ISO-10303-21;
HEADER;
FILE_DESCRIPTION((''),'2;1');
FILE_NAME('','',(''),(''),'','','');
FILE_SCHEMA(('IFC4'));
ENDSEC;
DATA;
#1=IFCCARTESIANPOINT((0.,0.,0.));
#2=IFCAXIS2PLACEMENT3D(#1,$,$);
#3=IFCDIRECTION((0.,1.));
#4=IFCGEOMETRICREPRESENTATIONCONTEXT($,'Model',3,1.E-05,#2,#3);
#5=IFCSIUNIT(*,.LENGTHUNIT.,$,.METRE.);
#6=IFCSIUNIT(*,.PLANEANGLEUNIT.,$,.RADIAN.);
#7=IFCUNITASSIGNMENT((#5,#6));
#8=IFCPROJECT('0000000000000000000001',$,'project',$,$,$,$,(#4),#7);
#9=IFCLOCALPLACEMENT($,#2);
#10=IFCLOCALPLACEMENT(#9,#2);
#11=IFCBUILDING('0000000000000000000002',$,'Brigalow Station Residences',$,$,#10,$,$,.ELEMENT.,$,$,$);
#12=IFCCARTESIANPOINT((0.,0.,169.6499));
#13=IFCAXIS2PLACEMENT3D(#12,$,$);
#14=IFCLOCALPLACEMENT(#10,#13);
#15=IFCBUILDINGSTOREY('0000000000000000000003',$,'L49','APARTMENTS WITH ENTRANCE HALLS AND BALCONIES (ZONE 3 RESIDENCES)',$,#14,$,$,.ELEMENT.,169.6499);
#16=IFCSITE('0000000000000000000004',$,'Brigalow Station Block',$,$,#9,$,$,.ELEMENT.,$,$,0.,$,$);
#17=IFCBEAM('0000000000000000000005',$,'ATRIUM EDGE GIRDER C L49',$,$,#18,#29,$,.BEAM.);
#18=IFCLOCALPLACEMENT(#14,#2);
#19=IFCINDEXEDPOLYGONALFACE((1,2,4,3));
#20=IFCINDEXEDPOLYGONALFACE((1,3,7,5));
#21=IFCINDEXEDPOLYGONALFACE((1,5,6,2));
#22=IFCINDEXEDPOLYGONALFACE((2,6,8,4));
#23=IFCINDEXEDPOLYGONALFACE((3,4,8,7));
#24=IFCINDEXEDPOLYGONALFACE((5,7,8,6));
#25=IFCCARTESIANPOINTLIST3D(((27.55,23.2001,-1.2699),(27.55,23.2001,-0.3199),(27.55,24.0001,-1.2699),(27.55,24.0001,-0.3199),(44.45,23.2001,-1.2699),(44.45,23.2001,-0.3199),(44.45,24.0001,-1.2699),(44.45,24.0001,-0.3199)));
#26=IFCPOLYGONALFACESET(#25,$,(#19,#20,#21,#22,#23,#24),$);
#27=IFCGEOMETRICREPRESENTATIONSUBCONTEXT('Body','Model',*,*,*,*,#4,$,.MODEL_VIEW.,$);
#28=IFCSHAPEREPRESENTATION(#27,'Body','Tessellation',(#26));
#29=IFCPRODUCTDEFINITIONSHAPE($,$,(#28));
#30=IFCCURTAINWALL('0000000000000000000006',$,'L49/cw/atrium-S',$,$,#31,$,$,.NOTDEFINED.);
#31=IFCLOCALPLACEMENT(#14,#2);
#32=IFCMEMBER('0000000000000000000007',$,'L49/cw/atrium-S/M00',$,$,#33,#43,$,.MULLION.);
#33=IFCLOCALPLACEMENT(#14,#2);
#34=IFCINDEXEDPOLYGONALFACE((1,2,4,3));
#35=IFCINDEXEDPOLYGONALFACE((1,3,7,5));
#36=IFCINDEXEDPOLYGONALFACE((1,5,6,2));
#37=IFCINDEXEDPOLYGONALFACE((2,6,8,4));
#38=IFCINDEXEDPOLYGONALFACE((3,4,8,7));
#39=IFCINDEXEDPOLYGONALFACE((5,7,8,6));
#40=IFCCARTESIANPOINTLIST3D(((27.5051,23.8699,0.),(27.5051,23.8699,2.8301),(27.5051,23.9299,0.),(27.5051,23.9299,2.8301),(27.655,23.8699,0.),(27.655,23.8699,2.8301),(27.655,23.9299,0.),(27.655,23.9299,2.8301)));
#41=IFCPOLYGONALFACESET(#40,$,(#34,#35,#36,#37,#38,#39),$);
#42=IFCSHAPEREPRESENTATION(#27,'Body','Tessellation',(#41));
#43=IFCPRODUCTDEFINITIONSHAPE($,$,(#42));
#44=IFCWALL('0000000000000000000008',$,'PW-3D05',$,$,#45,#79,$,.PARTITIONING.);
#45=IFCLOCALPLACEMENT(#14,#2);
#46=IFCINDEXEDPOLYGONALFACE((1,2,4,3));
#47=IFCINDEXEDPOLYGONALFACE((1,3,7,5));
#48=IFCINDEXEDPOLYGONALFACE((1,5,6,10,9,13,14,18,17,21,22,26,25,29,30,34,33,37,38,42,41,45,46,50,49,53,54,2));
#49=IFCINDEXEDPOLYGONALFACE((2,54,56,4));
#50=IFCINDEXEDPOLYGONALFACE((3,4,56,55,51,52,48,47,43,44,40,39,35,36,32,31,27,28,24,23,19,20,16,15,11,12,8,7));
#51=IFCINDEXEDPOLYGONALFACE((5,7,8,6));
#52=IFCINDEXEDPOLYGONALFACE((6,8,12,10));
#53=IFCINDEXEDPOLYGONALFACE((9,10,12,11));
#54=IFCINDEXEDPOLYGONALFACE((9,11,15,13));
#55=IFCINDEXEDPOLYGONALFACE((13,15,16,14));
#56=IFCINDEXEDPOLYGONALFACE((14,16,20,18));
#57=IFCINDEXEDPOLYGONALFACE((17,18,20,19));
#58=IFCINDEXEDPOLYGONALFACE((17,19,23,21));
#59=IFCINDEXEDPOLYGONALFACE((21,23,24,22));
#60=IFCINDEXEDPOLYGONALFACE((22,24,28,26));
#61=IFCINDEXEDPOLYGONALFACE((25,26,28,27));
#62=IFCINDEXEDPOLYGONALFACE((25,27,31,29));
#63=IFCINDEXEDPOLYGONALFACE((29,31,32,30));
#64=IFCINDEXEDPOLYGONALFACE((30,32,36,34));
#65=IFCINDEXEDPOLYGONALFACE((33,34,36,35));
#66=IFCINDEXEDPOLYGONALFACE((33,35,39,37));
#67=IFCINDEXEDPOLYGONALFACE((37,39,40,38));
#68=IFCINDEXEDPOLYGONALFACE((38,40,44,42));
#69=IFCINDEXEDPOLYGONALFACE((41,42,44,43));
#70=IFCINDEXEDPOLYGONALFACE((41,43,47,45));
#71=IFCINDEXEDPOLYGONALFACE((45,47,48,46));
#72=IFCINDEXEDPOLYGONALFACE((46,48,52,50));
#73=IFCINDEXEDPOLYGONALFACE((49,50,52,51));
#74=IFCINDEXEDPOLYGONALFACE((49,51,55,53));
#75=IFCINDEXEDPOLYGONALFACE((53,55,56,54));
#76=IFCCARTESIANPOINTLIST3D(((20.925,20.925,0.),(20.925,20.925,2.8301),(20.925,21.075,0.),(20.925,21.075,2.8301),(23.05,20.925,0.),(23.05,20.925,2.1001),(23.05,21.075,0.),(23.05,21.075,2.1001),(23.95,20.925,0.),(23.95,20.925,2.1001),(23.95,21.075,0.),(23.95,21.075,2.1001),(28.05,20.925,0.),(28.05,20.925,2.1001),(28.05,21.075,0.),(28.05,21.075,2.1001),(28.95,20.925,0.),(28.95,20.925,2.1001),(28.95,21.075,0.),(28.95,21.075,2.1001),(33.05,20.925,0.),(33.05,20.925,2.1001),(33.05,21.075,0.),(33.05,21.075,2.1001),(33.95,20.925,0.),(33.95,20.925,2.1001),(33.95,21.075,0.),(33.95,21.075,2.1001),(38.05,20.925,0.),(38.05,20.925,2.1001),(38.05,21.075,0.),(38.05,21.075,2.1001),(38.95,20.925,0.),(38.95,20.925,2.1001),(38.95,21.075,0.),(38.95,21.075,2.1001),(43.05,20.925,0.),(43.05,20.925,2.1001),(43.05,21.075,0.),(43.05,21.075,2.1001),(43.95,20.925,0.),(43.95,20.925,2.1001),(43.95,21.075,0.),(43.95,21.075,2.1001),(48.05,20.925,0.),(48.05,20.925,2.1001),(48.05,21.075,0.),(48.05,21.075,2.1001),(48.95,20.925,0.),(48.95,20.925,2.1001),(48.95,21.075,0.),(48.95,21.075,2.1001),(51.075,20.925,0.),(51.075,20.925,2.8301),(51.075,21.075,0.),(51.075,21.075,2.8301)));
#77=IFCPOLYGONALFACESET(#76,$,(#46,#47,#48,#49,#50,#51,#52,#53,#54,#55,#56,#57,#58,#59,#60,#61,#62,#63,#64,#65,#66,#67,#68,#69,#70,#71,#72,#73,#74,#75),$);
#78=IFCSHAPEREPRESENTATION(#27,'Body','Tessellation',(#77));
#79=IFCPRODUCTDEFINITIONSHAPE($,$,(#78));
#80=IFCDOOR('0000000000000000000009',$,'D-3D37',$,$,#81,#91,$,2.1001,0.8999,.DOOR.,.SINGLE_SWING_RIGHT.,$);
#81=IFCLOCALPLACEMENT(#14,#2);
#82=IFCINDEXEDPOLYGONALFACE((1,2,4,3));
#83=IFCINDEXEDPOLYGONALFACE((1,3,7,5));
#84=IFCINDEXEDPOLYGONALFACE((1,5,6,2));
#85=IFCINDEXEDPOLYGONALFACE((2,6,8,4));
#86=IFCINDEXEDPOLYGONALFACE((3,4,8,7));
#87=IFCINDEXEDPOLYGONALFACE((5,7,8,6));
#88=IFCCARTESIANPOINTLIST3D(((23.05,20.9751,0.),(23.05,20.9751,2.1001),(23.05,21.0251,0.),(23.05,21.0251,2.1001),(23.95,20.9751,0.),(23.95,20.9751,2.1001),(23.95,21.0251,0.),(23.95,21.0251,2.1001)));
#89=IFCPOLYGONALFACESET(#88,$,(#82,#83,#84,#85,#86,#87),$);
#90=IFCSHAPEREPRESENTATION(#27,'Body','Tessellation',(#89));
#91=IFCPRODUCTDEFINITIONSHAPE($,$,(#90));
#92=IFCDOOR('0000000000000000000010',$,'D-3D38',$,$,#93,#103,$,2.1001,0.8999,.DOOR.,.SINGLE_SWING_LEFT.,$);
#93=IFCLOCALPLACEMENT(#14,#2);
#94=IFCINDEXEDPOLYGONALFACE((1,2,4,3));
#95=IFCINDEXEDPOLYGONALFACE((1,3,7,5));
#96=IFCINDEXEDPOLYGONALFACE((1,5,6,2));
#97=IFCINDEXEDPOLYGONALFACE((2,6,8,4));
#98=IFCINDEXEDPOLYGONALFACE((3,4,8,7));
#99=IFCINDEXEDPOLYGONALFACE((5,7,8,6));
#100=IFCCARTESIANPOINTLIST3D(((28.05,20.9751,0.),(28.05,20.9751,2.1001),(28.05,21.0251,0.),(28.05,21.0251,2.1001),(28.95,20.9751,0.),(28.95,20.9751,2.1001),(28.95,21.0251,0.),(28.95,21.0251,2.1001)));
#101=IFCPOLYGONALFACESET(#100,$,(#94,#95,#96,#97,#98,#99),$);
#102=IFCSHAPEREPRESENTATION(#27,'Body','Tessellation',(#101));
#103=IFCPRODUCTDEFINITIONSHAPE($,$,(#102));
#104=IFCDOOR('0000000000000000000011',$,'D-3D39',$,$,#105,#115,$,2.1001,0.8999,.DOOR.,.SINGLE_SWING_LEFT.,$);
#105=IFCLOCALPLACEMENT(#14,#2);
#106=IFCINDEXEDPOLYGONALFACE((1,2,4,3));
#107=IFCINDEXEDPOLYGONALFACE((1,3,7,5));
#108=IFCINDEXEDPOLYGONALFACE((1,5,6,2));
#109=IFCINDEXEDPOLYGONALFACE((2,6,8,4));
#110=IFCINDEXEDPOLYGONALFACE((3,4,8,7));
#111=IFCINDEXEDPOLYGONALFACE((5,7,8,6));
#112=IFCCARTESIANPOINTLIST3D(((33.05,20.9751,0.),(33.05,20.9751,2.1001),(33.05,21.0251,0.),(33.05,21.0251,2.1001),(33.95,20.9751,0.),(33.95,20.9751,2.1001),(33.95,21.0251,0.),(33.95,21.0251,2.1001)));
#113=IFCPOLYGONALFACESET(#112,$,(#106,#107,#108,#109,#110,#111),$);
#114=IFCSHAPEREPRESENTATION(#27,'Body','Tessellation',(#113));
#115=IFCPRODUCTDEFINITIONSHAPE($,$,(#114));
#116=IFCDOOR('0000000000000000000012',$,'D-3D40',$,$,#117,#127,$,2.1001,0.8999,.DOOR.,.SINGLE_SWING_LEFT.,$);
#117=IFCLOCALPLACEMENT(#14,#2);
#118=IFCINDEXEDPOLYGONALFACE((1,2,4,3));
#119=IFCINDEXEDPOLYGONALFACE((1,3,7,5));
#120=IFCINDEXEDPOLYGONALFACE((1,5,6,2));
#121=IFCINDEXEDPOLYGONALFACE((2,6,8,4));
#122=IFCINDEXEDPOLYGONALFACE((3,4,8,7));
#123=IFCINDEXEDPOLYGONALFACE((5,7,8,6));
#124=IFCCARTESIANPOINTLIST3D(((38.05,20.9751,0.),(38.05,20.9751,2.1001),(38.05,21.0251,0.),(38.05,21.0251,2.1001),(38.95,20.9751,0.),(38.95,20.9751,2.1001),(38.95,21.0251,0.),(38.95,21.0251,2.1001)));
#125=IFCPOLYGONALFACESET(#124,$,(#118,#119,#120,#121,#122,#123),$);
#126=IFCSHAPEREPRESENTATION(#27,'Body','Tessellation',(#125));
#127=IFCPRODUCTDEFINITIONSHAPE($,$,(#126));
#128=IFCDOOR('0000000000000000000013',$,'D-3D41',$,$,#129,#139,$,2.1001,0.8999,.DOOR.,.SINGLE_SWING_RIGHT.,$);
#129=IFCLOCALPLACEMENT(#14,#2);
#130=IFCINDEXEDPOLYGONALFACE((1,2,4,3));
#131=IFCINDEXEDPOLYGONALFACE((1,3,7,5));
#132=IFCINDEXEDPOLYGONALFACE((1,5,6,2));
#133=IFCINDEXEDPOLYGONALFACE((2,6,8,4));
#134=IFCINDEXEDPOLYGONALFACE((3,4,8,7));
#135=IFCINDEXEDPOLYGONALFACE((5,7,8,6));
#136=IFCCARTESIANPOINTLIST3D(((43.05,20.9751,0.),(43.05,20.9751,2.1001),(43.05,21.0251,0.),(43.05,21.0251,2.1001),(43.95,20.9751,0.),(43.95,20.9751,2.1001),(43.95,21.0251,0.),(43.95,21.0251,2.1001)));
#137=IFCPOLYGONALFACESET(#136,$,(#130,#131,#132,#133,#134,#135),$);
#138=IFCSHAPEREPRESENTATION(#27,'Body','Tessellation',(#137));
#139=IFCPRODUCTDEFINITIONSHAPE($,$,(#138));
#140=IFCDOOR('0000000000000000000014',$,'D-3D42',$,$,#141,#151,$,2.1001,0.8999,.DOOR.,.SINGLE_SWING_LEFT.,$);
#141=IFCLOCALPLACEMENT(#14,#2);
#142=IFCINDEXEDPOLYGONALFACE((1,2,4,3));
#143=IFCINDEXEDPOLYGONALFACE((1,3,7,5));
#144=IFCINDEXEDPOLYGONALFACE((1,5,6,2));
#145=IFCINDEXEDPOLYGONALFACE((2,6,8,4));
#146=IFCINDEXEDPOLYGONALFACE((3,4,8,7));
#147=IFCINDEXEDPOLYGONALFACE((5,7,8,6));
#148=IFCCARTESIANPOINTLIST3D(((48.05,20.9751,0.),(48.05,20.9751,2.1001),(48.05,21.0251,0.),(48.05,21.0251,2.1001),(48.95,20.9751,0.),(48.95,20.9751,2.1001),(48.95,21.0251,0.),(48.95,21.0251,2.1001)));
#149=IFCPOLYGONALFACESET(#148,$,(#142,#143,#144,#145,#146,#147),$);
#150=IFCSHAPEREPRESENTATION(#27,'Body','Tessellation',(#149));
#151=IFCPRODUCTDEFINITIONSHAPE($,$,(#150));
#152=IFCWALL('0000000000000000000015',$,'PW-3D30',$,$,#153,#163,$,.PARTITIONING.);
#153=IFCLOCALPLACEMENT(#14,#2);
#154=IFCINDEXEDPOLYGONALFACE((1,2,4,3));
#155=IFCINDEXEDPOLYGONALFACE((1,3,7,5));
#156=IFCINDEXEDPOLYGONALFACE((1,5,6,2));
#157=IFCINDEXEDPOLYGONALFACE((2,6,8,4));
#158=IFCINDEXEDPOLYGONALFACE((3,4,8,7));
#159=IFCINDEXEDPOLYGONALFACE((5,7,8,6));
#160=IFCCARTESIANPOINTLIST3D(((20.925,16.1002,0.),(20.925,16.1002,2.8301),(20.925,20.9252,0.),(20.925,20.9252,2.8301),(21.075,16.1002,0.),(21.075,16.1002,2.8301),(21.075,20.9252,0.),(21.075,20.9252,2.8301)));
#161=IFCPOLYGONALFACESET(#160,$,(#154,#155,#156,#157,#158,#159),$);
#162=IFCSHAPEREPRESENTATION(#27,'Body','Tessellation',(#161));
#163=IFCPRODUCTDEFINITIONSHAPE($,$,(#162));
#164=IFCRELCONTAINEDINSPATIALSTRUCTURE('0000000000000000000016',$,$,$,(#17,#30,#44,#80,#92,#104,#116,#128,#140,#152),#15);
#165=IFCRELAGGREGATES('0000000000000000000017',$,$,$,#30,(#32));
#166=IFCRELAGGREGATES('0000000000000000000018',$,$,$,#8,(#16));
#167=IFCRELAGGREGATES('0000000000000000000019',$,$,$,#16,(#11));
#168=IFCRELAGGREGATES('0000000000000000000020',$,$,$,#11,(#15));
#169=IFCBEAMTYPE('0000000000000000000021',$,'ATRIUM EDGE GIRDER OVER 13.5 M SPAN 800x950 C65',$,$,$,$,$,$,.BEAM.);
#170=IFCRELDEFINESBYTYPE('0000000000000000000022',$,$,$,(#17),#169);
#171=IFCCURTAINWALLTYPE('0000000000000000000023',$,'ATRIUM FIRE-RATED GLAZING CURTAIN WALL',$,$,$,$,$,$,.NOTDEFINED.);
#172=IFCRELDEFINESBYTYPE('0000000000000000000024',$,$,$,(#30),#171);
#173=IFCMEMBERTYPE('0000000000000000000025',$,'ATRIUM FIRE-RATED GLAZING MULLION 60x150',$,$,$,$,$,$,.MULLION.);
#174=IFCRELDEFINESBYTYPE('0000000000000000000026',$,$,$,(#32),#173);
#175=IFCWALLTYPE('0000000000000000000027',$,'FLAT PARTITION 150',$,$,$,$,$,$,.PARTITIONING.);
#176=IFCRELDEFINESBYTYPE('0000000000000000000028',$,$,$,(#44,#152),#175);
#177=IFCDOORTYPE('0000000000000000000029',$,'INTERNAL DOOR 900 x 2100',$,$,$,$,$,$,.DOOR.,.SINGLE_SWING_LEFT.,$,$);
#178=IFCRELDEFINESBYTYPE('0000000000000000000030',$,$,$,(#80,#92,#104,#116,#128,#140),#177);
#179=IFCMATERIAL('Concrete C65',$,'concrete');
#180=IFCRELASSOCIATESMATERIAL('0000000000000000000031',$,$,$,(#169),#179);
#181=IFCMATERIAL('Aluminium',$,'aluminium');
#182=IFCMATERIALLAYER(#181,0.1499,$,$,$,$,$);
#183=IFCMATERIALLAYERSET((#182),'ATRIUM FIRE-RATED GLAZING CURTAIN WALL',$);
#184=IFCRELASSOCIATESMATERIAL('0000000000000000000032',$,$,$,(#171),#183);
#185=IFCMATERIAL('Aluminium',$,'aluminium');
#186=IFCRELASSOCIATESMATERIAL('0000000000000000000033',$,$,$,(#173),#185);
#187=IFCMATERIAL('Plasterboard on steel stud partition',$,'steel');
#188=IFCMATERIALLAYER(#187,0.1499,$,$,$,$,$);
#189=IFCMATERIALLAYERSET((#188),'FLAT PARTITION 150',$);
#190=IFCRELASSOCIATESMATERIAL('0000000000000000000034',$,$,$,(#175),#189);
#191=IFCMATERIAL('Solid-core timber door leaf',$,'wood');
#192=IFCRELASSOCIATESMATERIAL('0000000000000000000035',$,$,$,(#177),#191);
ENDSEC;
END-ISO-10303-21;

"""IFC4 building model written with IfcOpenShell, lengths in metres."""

from ifc_helpers import new_model, si_unit, direction, frame, frame_2d, origin, origin_2d, place, context, subcontext, project, spatial, rectangle, extrude, material, layer, layer_set, material_profile, profile_set, type_object, element, fill, aggregate, save


model = new_model("IFC4")

# Units and contexts
model_context = context("Model", 3, precision=1e-05, world=origin(), true_north=direction((0.0, 1.0)))
body_context = subcontext(model_context, "Body", "Model", "MODEL_VIEW")
ifc_project = project(units=[si_unit("LENGTHUNIT", "METRE"), si_unit("PLANEANGLEUNIT", "RADIAN")], contexts=[model_context])

# Site, building, storey
site_placement = place(None, origin())
site = spatial("IfcSite", under=ifc_project, at=site_placement, Name="Brigalow Station Block", CompositionType="ELEMENT", RefElevation=0.0)
building_placement = place(site_placement, origin())
building = spatial("IfcBuilding", under=site, at=building_placement, Name="Brigalow Station Residences", CompositionType="ELEMENT")
storey_placement = place(building_placement, frame((0.0, 0.0, 169.6499)))
storey = spatial("IfcBuildingStorey", under=building, at=storey_placement, Name="L49", Description="APARTMENTS WITH ENTRANCE HALLS AND BALCONIES (ZONE 3 RESIDENCES)", CompositionType="ELEMENT", Elevation=169.6499)

# Beam
ifc_material_1 = material(Name="Concrete C65", Category="concrete")
ifc_material_profile_1 = material_profile(ifc_material_1, rectangle(XDim=0.8, YDim=0.95, at=origin_2d()), Name="RC800x950")
ifc_profile_set_1 = profile_set([ifc_material_profile_1], Name="Concrete C65")
beam_type = type_object("IfcBeamType", Name="ATRIUM EDGE GIRDER OVER 13.5 M SPAN 800x950 C65", PredefinedType="BEAM", material=ifc_profile_set_1)
beam_placement = place(storey_placement, frame((27.55, 23.6001, -0.7949), z_axis=(1.0, 0.0, 0.0), x_axis=(0.0, 1.0, 0.0)))
element("IfcBeam", 1, at=beam_placement, inside=storey, type_object=beam_type, Name="ATRIUM EDGE GIRDER C L49", PredefinedType="BEAM", context=body_context, shape_type="SweptSolid", body=[
    extrude(rectangle(XDim=0.8, YDim=0.95, at=origin_2d()), origin(), (0.0, 0.0, 1.0), 16.8999),
])

# Curtain wall, member
ifc_material_2 = material(Name="Aluminium", Category="aluminium")
ifc_layer_1 = layer(ifc_material_2, 0.1499)
ifc_layer_set_1 = layer_set([ifc_layer_1], Name="ATRIUM FIRE-RATED GLAZING CURTAIN WALL")
curtain_wall_type = type_object("IfcCurtainWallType", Name="ATRIUM FIRE-RATED GLAZING CURTAIN WALL", PredefinedType="NOTDEFINED", material=ifc_layer_set_1)
curtain_wall_placement = place(storey_placement, origin())
curtain_wall = element("IfcCurtainWall", 2, at=curtain_wall_placement, inside=storey, type_object=curtain_wall_type, Name="L49/cw/atrium-S", PredefinedType="NOTDEFINED")
ifc_material_3 = material(Name="Aluminium", Category="aluminium")
ifc_material_profile_2 = material_profile(ifc_material_3, rectangle(XDim=0.0601, YDim=0.1499, at=origin_2d()), Name="ATRIUM FIRE-RATED GLAZING MULLION 60x150")
ifc_profile_set_2 = profile_set([ifc_material_profile_2], Name="Aluminium")
member_type = type_object("IfcMemberType", Name="ATRIUM FIRE-RATED GLAZING MULLION 60x150", PredefinedType="MULLION", material=ifc_profile_set_2)
member_placement = place(storey_placement, frame((27.5801, 23.8999, 0.0), z_axis=(0.0, 0.0, 1.0), x_axis=(0.0, 1.0, 0.0)))
member = element("IfcMember", 3, at=member_placement, type_object=member_type, Name="L49/cw/atrium-S/M00", PredefinedType="MULLION", context=body_context, shape_type="SweptSolid", body=[
    extrude(rectangle(XDim=0.0601, YDim=0.1499, at=origin_2d()), origin(), (0.0, 0.0, 1.0), 2.8301),
])
aggregate(curtain_wall, [member])

# Wall, openings, doors
ifc_material_4 = material(Name="Plasterboard on steel stud partition", Category="steel")
ifc_layer_2 = layer(ifc_material_4, 0.1499)
ifc_layer_set_2 = layer_set([ifc_layer_2], Name="FLAT PARTITION 150")
wall_type = type_object("IfcWallType", Name="FLAT PARTITION 150", PredefinedType="PARTITIONING", material=ifc_layer_set_2)
wall_placement = place(storey_placement, frame((20.925, 21.0, 0.0), z_axis=(0.0, 0.0, 1.0), x_axis=(1.0, 0.0, 0.0)))
wall = element("IfcWall", 4, at=wall_placement, inside=storey, type_object=wall_type, Name="PW-3D05", PredefinedType="PARTITIONING", context=body_context, shape_type="SweptSolid", body=[
    extrude(rectangle(XDim=30.1499, YDim=0.1499, at=frame_2d((15.075, 0.0))), origin(), (0.0, 0.0, 1.0), 2.8301),
])
opening_1_placement = place(wall_placement, frame((2.125, 0.0, 0.0)))
opening_1 = element("IfcOpeningElement", 5, at=opening_1_placement, cuts=wall, PredefinedType="OPENING", context=body_context, shape_type="SweptSolid", body=[
    extrude(rectangle(XDim=0.8999, YDim=2.1001, at=frame_2d((0.45, 1.05))), frame((0.0, 0.085, 0.0), z_axis=(0.0, -1.0, 0.0), x_axis=(1.0, 0.0, 0.0)), (0.0, 0.0, 1.0), 0.1699),
])
opening_2_placement = place(wall_placement, frame((7.125, 0.0, 0.0)))
opening_2 = element("IfcOpeningElement", 6, at=opening_2_placement, cuts=wall, PredefinedType="OPENING", context=body_context, shape_type="SweptSolid", body=[
    extrude(rectangle(XDim=0.8999, YDim=2.1001, at=frame_2d((0.45, 1.05))), frame((0.0, 0.085, 0.0), z_axis=(0.0, -1.0, 0.0), x_axis=(1.0, 0.0, 0.0)), (0.0, 0.0, 1.0), 0.1699),
])
opening_3_placement = place(wall_placement, frame((12.125, 0.0, 0.0)))
opening_3 = element("IfcOpeningElement", 7, at=opening_3_placement, cuts=wall, PredefinedType="OPENING", context=body_context, shape_type="SweptSolid", body=[
    extrude(rectangle(XDim=0.8999, YDim=2.1001, at=frame_2d((0.45, 1.05))), frame((0.0, 0.085, 0.0), z_axis=(0.0, -1.0, 0.0), x_axis=(1.0, 0.0, 0.0)), (0.0, 0.0, 1.0), 0.1699),
])
opening_4_placement = place(wall_placement, frame((17.125, 0.0, 0.0)))
opening_4 = element("IfcOpeningElement", 8, at=opening_4_placement, cuts=wall, PredefinedType="OPENING", context=body_context, shape_type="SweptSolid", body=[
    extrude(rectangle(XDim=0.8999, YDim=2.1001, at=frame_2d((0.45, 1.05))), frame((0.0, 0.085, 0.0), z_axis=(0.0, -1.0, 0.0), x_axis=(1.0, 0.0, 0.0)), (0.0, 0.0, 1.0), 0.1699),
])
opening_5_placement = place(wall_placement, frame((22.125, 0.0, 0.0)))
opening_5 = element("IfcOpeningElement", 9, at=opening_5_placement, cuts=wall, PredefinedType="OPENING", context=body_context, shape_type="SweptSolid", body=[
    extrude(rectangle(XDim=0.8999, YDim=2.1001, at=frame_2d((0.45, 1.05))), frame((0.0, 0.085, 0.0), z_axis=(0.0, -1.0, 0.0), x_axis=(1.0, 0.0, 0.0)), (0.0, 0.0, 1.0), 0.1699),
])
opening_6_placement = place(wall_placement, frame((27.125, 0.0, 0.0)))
opening_6 = element("IfcOpeningElement", 10, at=opening_6_placement, cuts=wall, PredefinedType="OPENING", context=body_context, shape_type="SweptSolid", body=[
    extrude(rectangle(XDim=0.8999, YDim=2.1001, at=frame_2d((0.45, 1.05))), frame((0.0, 0.085, 0.0), z_axis=(0.0, -1.0, 0.0), x_axis=(1.0, 0.0, 0.0)), (0.0, 0.0, 1.0), 0.1699),
])
ifc_material_5 = material(Name="Solid-core timber door leaf", Category="wood")
door_type = type_object("IfcDoorType", Name="INTERNAL DOOR 900 x 2100", OperationType="SINGLE_SWING_LEFT", PredefinedType="DOOR", material=ifc_material_5)
door_1_placement = place(opening_1_placement, frame((0.8999, 0.0, 0.0), z_axis=(0.0, 0.0, 1.0), x_axis=(-1.0, 0.0, 0.0)))
door_1 = element("IfcDoor", 11, at=door_1_placement, inside=storey, type_object=door_type, Name="D-3D37", OperationType="SINGLE_SWING_RIGHT", OverallHeight=2.1001, OverallWidth=0.8999, PredefinedType="DOOR", context=body_context, shape_type="SweptSolid", body=[
    extrude(rectangle(XDim=0.8999, YDim=2.1001, at=frame_2d((0.45, 1.05))), frame((0.0, 0.0249, 0.0), z_axis=(0.0, -1.0, 0.0), x_axis=(1.0, 0.0, 0.0)), (0.0, 0.0, 1.0), 0.05),
])
fill(opening_1, door_1)
door_2_placement = place(opening_2_placement, frame((0.8999, 0.0, 0.0), z_axis=(0.0, 0.0, 1.0), x_axis=(-1.0, 0.0, 0.0)))
door_2 = element("IfcDoor", 12, at=door_2_placement, inside=storey, type_object=door_type, Name="D-3D38", OperationType="SINGLE_SWING_LEFT", OverallHeight=2.1001, OverallWidth=0.8999, PredefinedType="DOOR", context=body_context, shape_type="SweptSolid", body=[
    extrude(rectangle(XDim=0.8999, YDim=2.1001, at=frame_2d((0.45, 1.05))), frame((0.0, 0.0249, 0.0), z_axis=(0.0, -1.0, 0.0), x_axis=(1.0, 0.0, 0.0)), (0.0, 0.0, 1.0), 0.05),
])
fill(opening_2, door_2)
door_3_placement = place(opening_3_placement, frame((0.8999, 0.0, 0.0), z_axis=(0.0, 0.0, 1.0), x_axis=(-1.0, 0.0, 0.0)))
door_3 = element("IfcDoor", 13, at=door_3_placement, inside=storey, type_object=door_type, Name="D-3D39", OperationType="SINGLE_SWING_LEFT", OverallHeight=2.1001, OverallWidth=0.8999, PredefinedType="DOOR", context=body_context, shape_type="SweptSolid", body=[
    extrude(rectangle(XDim=0.8999, YDim=2.1001, at=frame_2d((0.45, 1.05))), frame((0.0, 0.0249, 0.0), z_axis=(0.0, -1.0, 0.0), x_axis=(1.0, 0.0, 0.0)), (0.0, 0.0, 1.0), 0.05),
])
fill(opening_3, door_3)
door_4_placement = place(opening_4_placement, frame((0.8999, 0.0, 0.0), z_axis=(0.0, 0.0, 1.0), x_axis=(-1.0, 0.0, 0.0)))
door_4 = element("IfcDoor", 14, at=door_4_placement, inside=storey, type_object=door_type, Name="D-3D40", OperationType="SINGLE_SWING_LEFT", OverallHeight=2.1001, OverallWidth=0.8999, PredefinedType="DOOR", context=body_context, shape_type="SweptSolid", body=[
    extrude(rectangle(XDim=0.8999, YDim=2.1001, at=frame_2d((0.45, 1.05))), frame((0.0, 0.0249, 0.0), z_axis=(0.0, -1.0, 0.0), x_axis=(1.0, 0.0, 0.0)), (0.0, 0.0, 1.0), 0.05),
])
fill(opening_4, door_4)
door_5_placement = place(opening_5_placement, frame((0.8999, 0.0, 0.0), z_axis=(0.0, 0.0, 1.0), x_axis=(-1.0, 0.0, 0.0)))
door_5 = element("IfcDoor", 15, at=door_5_placement, inside=storey, type_object=door_type, Name="D-3D41", OperationType="SINGLE_SWING_RIGHT", OverallHeight=2.1001, OverallWidth=0.8999, PredefinedType="DOOR", context=body_context, shape_type="SweptSolid", body=[
    extrude(rectangle(XDim=0.8999, YDim=2.1001, at=frame_2d((0.45, 1.05))), frame((0.0, 0.0249, 0.0), z_axis=(0.0, -1.0, 0.0), x_axis=(1.0, 0.0, 0.0)), (0.0, 0.0, 1.0), 0.05),
])
fill(opening_5, door_5)
door_6_placement = place(opening_6_placement, frame((0.8999, 0.0, 0.0), z_axis=(0.0, 0.0, 1.0), x_axis=(-1.0, 0.0, 0.0)))
door_6 = element("IfcDoor", 16, at=door_6_placement, inside=storey, type_object=door_type, Name="D-3D42", OperationType="SINGLE_SWING_LEFT", OverallHeight=2.1001, OverallWidth=0.8999, PredefinedType="DOOR", context=body_context, shape_type="SweptSolid", body=[
    extrude(rectangle(XDim=0.8999, YDim=2.1001, at=frame_2d((0.45, 1.05))), frame((0.0, 0.0249, 0.0), z_axis=(0.0, -1.0, 0.0), x_axis=(1.0, 0.0, 0.0)), (0.0, 0.0, 1.0), 0.05),
])
fill(opening_6, door_6)

# Wall
for number, where, z_axis, x_axis, name in (
    (17, (21.0, 16.1001, 0.0), (0.0, 0.0, 1.0), (0.0, 1.0, 0.0), "PW-3D30"),
):
    element("IfcWall", number, at=place(storey_placement, frame(where, z_axis=z_axis, x_axis=x_axis)), inside=storey, type_object=wall_type, Name=name, PredefinedType="PARTITIONING", context=body_context, shape_type="SweptSolid", body=[
        extrude(rectangle(XDim=4.825, YDim=0.1499, at=frame_2d((2.4126, 0.0))), origin(), (0.0, 0.0, 1.0), 2.8301),
    ])

save(model, "model.ifc")
